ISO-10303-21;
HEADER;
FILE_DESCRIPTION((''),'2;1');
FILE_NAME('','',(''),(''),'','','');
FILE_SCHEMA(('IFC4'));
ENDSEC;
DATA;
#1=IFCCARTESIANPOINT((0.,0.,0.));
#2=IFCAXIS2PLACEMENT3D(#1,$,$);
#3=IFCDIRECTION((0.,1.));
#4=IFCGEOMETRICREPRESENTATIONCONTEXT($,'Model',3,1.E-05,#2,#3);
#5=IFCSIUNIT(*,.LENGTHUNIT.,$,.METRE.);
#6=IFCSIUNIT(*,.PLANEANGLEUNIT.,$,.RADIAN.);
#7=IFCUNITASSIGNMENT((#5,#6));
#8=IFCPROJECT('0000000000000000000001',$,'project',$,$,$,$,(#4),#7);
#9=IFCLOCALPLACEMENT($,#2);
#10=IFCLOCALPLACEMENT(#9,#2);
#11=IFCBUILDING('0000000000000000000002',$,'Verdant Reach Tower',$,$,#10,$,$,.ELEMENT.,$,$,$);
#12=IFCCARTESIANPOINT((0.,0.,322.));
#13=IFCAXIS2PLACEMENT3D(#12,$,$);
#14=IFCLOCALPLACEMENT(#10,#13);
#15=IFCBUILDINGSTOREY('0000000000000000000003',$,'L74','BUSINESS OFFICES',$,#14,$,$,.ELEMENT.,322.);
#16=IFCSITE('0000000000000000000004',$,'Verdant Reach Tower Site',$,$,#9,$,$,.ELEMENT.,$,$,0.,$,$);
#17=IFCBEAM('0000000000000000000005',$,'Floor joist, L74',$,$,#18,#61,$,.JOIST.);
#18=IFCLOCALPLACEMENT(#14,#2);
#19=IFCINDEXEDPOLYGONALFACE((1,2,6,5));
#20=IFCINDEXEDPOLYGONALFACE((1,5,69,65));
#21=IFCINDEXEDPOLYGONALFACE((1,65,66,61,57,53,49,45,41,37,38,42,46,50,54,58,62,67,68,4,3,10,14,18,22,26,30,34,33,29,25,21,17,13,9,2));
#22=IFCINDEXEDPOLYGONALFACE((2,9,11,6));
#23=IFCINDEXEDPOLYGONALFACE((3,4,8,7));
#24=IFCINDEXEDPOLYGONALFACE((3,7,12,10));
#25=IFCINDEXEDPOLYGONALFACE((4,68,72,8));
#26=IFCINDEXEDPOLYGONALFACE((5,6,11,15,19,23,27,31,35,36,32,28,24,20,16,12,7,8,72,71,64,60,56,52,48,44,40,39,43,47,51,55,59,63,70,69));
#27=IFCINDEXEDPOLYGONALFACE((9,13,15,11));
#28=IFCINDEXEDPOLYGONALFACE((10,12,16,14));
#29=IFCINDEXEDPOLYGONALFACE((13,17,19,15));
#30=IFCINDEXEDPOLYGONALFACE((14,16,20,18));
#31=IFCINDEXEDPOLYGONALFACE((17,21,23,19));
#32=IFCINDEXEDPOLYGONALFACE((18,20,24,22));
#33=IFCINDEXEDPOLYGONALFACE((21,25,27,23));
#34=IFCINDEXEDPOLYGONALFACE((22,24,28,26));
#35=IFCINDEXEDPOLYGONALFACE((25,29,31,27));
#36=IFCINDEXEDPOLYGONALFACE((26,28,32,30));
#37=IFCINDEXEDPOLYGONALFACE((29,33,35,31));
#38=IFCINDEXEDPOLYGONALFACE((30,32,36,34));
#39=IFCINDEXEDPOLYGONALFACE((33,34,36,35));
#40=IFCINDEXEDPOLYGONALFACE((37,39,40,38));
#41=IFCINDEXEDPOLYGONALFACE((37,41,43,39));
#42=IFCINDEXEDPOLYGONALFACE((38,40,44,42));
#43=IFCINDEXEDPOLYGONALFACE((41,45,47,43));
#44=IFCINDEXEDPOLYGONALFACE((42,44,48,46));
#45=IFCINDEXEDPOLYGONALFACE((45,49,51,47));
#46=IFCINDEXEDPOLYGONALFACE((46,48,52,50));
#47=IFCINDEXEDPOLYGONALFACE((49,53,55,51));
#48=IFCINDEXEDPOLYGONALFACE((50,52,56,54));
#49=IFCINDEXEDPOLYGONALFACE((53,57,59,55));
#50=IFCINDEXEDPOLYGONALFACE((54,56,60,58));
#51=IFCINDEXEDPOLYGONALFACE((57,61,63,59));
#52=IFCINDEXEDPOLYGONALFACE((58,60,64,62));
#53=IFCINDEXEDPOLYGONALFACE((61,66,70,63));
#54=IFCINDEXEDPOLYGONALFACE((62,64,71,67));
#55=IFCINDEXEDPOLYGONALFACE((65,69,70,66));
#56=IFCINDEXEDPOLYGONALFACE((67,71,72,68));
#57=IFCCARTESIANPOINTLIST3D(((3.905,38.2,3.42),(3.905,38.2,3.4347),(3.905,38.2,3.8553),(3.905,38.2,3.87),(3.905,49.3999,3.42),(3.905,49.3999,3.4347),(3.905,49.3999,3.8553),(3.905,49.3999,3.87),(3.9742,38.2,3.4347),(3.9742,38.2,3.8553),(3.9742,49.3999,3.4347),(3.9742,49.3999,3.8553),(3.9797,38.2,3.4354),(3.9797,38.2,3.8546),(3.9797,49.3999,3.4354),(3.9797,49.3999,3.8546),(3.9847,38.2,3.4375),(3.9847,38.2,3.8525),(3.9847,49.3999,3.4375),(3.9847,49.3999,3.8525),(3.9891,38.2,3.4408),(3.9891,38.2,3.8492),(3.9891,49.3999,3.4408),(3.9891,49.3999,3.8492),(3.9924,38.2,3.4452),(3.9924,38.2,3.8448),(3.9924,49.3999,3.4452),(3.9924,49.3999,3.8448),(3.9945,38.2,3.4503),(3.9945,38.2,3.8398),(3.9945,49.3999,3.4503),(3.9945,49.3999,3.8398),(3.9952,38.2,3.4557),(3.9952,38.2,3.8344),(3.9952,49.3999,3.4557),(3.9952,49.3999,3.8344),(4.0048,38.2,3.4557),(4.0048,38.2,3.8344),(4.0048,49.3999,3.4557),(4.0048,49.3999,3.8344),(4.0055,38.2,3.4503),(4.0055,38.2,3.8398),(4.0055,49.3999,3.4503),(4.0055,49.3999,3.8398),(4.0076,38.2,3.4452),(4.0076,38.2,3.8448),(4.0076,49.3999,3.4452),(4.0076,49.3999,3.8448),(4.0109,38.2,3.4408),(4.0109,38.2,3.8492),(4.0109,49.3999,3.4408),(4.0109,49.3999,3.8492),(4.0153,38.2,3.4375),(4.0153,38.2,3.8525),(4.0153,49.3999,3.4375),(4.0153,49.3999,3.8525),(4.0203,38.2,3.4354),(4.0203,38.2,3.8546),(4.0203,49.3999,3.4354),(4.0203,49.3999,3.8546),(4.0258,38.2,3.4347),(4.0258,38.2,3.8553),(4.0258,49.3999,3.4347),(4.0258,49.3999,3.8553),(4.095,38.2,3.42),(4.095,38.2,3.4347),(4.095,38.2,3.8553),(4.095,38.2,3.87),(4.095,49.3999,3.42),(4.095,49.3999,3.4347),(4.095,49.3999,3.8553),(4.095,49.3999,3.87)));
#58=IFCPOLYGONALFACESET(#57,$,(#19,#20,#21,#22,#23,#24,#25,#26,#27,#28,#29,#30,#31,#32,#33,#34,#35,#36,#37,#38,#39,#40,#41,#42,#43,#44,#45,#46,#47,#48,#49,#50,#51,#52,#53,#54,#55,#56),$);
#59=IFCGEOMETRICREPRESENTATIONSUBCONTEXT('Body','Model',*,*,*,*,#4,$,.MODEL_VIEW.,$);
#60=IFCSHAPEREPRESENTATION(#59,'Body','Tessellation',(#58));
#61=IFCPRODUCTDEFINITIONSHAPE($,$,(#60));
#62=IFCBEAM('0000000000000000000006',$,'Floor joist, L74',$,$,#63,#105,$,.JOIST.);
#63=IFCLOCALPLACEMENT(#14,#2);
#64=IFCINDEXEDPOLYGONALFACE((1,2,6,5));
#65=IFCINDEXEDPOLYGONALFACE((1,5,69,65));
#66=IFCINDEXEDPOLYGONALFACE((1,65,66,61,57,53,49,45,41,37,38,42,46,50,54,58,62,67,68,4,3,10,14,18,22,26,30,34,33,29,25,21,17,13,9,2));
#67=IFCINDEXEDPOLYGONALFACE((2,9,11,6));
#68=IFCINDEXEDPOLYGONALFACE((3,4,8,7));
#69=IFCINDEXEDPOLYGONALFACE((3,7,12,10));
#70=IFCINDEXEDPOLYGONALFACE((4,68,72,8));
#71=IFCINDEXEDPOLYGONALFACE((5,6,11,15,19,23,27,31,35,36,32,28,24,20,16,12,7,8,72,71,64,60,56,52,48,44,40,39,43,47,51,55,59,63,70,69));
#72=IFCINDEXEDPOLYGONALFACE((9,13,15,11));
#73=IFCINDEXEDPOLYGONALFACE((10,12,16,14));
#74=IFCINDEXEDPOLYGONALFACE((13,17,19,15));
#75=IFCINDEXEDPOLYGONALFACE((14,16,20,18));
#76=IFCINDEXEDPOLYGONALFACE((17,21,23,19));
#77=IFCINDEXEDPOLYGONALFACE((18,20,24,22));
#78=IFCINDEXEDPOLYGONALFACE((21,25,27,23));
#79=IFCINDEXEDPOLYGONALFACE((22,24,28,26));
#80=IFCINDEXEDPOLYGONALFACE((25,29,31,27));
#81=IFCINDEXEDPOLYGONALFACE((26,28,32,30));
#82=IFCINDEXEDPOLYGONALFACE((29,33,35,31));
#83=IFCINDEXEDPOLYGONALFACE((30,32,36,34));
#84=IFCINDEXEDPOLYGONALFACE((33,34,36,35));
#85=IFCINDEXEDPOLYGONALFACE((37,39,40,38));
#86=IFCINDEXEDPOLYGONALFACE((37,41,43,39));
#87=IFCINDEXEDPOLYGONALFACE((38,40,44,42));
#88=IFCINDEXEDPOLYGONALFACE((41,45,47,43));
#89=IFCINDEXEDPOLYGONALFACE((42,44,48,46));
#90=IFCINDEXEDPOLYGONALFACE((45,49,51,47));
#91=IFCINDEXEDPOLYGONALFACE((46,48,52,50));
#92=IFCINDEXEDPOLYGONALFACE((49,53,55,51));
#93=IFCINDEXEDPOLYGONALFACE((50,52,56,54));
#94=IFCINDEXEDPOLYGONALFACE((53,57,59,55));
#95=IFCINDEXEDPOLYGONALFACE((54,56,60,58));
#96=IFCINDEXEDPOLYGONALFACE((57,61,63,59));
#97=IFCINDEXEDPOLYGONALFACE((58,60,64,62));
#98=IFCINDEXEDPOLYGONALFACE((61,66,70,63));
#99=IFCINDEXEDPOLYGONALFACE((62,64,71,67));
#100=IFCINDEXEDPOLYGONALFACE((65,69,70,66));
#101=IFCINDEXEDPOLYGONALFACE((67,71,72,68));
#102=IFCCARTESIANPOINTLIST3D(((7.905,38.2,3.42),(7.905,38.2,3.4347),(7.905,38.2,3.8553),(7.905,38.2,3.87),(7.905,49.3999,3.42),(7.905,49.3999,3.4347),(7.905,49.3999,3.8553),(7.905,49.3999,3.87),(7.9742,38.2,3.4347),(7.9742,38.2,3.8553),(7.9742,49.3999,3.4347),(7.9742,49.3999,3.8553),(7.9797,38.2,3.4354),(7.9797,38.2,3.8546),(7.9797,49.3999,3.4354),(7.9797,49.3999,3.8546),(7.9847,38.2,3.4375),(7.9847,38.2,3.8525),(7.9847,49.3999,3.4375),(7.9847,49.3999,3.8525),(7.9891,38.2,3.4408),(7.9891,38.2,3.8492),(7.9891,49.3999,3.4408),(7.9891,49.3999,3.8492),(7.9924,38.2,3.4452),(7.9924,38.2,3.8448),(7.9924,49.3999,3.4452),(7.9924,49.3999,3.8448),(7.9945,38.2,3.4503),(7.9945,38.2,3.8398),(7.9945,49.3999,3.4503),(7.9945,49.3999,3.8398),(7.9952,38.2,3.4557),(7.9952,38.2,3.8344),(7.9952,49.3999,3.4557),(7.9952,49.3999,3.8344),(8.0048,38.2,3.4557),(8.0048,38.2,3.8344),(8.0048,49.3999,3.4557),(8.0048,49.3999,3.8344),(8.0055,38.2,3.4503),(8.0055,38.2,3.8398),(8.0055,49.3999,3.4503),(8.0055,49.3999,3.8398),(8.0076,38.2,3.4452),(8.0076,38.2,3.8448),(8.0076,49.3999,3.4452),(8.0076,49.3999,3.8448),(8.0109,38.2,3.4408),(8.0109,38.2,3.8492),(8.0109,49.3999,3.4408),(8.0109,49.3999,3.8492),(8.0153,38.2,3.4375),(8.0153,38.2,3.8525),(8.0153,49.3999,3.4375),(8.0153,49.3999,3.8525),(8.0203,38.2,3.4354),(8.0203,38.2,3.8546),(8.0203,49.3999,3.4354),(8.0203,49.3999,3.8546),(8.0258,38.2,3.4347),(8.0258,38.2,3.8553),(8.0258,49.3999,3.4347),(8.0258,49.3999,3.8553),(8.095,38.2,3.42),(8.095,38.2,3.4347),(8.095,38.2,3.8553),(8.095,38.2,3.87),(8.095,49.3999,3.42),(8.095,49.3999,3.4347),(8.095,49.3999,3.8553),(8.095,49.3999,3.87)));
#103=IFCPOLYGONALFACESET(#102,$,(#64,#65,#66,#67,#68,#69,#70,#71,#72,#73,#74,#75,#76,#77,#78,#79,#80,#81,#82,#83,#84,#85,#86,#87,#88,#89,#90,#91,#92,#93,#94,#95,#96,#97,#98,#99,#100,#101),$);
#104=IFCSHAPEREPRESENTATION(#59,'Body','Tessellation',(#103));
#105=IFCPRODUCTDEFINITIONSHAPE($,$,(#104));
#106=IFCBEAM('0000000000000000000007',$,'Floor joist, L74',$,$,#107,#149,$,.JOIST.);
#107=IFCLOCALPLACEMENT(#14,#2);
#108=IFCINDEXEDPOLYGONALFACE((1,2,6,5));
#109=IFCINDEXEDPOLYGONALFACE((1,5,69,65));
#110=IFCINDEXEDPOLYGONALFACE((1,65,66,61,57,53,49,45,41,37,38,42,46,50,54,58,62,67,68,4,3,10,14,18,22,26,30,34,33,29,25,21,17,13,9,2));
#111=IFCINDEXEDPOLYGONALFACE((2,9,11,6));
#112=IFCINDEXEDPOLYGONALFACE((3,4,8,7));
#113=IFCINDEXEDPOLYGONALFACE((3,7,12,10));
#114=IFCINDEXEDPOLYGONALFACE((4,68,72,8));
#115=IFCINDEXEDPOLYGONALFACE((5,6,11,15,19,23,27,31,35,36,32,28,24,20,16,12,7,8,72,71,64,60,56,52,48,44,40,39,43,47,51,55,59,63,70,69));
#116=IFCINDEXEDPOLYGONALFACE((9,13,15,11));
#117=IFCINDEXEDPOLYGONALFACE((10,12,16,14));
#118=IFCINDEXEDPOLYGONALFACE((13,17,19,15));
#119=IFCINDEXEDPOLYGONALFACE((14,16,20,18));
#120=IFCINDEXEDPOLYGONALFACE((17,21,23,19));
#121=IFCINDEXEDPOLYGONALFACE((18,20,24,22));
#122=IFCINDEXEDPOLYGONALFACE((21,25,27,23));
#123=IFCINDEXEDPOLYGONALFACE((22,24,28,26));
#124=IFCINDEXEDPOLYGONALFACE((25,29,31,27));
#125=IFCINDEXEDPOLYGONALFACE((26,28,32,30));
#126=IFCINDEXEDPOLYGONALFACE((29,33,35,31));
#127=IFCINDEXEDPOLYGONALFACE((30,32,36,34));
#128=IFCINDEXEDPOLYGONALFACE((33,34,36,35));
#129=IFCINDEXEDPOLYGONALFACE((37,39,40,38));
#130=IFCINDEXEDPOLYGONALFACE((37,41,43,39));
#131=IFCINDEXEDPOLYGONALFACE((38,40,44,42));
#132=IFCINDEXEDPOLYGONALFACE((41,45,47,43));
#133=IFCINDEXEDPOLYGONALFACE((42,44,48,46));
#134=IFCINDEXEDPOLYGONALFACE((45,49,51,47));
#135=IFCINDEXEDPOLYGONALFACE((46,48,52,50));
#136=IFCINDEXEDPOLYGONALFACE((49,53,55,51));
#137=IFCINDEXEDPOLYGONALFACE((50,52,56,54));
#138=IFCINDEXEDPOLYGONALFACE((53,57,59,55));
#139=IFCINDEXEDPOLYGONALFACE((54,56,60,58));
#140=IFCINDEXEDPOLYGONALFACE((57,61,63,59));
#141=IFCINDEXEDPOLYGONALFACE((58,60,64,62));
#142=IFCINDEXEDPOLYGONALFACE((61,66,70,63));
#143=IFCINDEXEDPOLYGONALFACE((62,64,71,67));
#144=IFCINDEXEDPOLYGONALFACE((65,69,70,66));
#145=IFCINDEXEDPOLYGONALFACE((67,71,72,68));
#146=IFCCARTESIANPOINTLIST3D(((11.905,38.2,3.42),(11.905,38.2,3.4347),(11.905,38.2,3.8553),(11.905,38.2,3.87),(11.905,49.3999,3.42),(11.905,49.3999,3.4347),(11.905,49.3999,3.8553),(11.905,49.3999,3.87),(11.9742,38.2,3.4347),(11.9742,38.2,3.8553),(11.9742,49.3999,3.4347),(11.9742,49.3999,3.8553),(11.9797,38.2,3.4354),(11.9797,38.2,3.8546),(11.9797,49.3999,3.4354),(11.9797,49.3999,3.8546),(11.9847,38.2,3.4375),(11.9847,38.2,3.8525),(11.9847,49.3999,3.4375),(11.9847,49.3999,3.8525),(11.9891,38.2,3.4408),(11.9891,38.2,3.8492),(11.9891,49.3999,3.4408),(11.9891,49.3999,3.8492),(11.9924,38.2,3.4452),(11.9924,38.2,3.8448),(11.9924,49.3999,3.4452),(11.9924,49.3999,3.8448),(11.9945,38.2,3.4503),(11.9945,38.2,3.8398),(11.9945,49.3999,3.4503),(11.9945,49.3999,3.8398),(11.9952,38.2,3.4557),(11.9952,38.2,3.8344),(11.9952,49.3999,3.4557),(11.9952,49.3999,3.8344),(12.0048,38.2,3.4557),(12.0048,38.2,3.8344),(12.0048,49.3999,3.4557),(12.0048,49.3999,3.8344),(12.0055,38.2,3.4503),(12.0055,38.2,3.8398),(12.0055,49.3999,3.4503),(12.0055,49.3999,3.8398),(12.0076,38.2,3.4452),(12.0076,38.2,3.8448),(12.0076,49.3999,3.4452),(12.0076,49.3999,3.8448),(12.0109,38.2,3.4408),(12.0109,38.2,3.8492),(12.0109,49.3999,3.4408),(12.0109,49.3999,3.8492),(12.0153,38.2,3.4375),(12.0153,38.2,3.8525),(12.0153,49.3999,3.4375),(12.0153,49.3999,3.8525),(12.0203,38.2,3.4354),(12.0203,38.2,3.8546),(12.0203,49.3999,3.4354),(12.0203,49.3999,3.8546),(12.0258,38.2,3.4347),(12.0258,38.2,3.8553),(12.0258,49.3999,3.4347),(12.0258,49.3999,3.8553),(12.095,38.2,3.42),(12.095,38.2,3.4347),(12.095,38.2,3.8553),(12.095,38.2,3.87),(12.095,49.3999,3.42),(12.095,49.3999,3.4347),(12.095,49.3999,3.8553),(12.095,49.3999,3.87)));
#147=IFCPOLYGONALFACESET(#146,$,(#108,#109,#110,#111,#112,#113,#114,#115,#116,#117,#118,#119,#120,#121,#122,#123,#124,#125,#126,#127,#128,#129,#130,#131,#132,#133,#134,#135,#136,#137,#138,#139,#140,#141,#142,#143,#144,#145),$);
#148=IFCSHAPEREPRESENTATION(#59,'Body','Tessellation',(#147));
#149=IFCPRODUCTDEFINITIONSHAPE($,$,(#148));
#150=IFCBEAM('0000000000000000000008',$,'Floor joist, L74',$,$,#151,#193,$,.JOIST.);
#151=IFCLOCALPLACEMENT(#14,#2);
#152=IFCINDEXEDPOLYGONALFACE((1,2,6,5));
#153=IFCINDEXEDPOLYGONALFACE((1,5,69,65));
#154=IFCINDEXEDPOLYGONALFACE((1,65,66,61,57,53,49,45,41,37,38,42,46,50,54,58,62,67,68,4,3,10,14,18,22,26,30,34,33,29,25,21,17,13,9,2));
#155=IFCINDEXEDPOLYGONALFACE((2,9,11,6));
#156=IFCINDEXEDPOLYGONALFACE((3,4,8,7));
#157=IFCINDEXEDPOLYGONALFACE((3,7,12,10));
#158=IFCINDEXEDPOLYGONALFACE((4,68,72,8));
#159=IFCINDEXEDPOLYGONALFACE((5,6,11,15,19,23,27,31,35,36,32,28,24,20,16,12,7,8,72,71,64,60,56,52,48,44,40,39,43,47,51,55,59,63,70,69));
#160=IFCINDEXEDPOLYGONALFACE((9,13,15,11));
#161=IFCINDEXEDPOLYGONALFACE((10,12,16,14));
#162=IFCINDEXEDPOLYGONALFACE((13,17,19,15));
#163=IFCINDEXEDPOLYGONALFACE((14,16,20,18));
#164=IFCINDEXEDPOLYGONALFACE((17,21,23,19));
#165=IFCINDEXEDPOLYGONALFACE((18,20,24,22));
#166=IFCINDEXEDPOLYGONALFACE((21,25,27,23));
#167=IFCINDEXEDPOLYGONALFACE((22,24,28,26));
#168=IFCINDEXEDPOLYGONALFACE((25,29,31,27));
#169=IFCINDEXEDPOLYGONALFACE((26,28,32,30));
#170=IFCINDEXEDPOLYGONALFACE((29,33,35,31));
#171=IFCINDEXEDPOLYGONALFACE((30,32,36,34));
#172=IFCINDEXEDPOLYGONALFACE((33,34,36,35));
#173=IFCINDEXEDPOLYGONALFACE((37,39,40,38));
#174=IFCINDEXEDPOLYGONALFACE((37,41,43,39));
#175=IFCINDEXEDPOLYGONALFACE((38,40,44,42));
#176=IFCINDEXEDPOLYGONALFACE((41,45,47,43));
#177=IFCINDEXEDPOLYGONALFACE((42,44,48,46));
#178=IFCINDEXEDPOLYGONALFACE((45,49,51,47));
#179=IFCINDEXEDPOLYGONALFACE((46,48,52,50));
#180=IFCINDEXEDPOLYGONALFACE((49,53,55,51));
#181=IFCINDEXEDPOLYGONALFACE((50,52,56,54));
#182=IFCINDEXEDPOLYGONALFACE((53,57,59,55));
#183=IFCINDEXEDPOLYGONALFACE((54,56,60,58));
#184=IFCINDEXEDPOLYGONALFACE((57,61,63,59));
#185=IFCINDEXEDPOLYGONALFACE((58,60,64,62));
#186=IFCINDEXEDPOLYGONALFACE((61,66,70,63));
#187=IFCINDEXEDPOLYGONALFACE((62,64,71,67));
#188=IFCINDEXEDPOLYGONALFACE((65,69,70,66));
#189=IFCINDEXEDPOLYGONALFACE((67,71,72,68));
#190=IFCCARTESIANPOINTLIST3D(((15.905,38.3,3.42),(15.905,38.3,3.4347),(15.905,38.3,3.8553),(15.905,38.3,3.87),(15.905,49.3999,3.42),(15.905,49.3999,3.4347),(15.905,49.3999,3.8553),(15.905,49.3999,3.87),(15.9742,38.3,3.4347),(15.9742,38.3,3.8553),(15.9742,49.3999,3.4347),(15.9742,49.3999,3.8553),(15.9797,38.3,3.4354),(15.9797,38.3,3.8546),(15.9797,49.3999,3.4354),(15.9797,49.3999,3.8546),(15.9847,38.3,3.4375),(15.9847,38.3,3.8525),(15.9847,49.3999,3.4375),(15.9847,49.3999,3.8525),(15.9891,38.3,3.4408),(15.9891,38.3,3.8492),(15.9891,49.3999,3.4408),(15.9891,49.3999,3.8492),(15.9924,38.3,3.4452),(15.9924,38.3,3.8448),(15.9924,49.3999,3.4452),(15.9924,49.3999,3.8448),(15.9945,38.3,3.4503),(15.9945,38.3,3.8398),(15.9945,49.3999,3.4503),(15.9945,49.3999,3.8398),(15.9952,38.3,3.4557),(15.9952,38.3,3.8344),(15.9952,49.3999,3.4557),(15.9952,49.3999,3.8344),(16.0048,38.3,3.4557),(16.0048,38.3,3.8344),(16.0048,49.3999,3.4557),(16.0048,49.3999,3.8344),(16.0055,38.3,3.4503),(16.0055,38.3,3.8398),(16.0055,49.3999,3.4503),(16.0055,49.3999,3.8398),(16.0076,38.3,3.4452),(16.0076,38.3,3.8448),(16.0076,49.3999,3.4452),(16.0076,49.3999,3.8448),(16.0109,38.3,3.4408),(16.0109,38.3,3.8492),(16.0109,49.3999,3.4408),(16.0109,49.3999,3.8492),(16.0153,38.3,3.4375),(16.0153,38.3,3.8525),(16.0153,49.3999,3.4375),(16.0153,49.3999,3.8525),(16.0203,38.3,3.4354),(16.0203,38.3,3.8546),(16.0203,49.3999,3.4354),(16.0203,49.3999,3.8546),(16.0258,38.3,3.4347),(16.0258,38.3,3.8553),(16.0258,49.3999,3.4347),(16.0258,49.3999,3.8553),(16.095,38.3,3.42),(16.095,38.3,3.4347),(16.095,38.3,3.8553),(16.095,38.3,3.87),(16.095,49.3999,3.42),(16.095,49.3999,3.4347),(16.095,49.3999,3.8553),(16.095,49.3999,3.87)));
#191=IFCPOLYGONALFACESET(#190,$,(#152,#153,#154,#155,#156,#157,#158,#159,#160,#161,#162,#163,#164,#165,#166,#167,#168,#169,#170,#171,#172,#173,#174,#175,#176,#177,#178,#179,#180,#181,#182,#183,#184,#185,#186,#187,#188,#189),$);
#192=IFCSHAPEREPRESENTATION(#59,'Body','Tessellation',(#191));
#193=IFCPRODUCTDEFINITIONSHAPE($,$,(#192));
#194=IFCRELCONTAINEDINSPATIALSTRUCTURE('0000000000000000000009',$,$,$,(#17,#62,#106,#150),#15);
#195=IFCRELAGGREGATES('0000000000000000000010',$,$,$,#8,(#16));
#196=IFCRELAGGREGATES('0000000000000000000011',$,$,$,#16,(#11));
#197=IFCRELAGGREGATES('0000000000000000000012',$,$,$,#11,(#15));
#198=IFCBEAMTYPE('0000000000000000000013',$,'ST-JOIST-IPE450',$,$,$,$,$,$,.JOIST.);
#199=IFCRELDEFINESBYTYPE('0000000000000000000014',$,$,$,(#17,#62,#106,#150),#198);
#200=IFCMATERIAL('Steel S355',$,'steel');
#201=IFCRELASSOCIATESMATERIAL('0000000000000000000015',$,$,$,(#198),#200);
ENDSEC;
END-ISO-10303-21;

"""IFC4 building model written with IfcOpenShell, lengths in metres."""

from ifc_helpers import new_model, si_unit, direction, frame, origin, origin_2d, place, context, subcontext, project, spatial, i_section, extrude, material, material_profile, profile_set, type_object, element, save


model = new_model("IFC4")

# Units and contexts
model_context = context("Model", 3, precision=1e-05, world=origin(), true_north=direction((0.0, 1.0)))
body_context = subcontext(model_context, "Body", "Model", "MODEL_VIEW")
ifc_project = project(units=[si_unit("LENGTHUNIT", "METRE"), si_unit("PLANEANGLEUNIT", "RADIAN")], contexts=[model_context])

# Site, building, storey
site_placement = place(None, origin())
site = spatial("IfcSite", under=ifc_project, at=site_placement, Name="Verdant Reach Tower Site", CompositionType="ELEMENT", RefElevation=0.0)
building_placement = place(site_placement, origin())
building = spatial("IfcBuilding", under=site, at=building_placement, Name="Verdant Reach Tower", CompositionType="ELEMENT")
storey_placement = place(building_placement, frame((0.0, 0.0, 322.0)))
storey = spatial("IfcBuildingStorey", under=building, at=storey_placement, Name="L74", Description="BUSINESS OFFICES", CompositionType="ELEMENT", Elevation=322.0)

# Beams
ifc_material_1 = material(Name="Steel S355", Category="steel")
ifc_material_profile_1 = material_profile(ifc_material_1, i_section(OverallWidth=0.1899, OverallDepth=0.45, WebThickness=0.0095, FlangeThickness=0.0146, FilletRadius=0.021, at=origin_2d()), Name="IPE 450")
ifc_profile_set_1 = profile_set([ifc_material_profile_1], Name="Steel S355")
beam_type_1 = type_object("IfcBeamType", Name="ST-JOIST-IPE450", PredefinedType="JOIST", material=ifc_profile_set_1)
for number, where, z_axis, x_axis, name in (
    (1, (4.0, 38.2, 3.645), (0.0, 1.0, 0.0), (-1.0, 0.0, 0.0), "Floor joist, L74"),
    (2, (8.0, 38.2, 3.645), (0.0, 1.0, 0.0), (-1.0, 0.0, 0.0), "Floor joist, L74"),
    (3, (12.0, 38.2, 3.645), (0.0, 1.0, 0.0), (-1.0, 0.0, 0.0), "Floor joist, L74"),
):
    element("IfcBeam", number, at=place(storey_placement, frame(where, z_axis=z_axis, x_axis=x_axis)), inside=storey, type_object=beam_type_1, Name=name, PredefinedType="JOIST", context=body_context, shape_type="SweptSolid", body=[
        extrude(i_section(OverallWidth=0.1899, OverallDepth=0.45, WebThickness=0.0095, FlangeThickness=0.0146, FilletRadius=0.021, at=origin_2d()), origin(), (0.0, 0.0, 1.0), 11.2),
    ])
beam_1_placement = place(storey_placement, frame((16.0, 38.3, 3.645), z_axis=(0.0, 1.0, 0.0), x_axis=(-1.0, 0.0, 0.0)))
element("IfcBeam", 4, at=beam_1_placement, inside=storey, type_object=beam_type_1, Name="Floor joist, L74", PredefinedType="JOIST", context=body_context, shape_type="SweptSolid", body=[
    extrude(i_section(OverallWidth=0.1899, OverallDepth=0.45, WebThickness=0.0095, FlangeThickness=0.0146, FilletRadius=0.021, at=origin_2d()), origin(), (0.0, 0.0, 1.0), 11.0999),
])

save(model, "model.ifc")
